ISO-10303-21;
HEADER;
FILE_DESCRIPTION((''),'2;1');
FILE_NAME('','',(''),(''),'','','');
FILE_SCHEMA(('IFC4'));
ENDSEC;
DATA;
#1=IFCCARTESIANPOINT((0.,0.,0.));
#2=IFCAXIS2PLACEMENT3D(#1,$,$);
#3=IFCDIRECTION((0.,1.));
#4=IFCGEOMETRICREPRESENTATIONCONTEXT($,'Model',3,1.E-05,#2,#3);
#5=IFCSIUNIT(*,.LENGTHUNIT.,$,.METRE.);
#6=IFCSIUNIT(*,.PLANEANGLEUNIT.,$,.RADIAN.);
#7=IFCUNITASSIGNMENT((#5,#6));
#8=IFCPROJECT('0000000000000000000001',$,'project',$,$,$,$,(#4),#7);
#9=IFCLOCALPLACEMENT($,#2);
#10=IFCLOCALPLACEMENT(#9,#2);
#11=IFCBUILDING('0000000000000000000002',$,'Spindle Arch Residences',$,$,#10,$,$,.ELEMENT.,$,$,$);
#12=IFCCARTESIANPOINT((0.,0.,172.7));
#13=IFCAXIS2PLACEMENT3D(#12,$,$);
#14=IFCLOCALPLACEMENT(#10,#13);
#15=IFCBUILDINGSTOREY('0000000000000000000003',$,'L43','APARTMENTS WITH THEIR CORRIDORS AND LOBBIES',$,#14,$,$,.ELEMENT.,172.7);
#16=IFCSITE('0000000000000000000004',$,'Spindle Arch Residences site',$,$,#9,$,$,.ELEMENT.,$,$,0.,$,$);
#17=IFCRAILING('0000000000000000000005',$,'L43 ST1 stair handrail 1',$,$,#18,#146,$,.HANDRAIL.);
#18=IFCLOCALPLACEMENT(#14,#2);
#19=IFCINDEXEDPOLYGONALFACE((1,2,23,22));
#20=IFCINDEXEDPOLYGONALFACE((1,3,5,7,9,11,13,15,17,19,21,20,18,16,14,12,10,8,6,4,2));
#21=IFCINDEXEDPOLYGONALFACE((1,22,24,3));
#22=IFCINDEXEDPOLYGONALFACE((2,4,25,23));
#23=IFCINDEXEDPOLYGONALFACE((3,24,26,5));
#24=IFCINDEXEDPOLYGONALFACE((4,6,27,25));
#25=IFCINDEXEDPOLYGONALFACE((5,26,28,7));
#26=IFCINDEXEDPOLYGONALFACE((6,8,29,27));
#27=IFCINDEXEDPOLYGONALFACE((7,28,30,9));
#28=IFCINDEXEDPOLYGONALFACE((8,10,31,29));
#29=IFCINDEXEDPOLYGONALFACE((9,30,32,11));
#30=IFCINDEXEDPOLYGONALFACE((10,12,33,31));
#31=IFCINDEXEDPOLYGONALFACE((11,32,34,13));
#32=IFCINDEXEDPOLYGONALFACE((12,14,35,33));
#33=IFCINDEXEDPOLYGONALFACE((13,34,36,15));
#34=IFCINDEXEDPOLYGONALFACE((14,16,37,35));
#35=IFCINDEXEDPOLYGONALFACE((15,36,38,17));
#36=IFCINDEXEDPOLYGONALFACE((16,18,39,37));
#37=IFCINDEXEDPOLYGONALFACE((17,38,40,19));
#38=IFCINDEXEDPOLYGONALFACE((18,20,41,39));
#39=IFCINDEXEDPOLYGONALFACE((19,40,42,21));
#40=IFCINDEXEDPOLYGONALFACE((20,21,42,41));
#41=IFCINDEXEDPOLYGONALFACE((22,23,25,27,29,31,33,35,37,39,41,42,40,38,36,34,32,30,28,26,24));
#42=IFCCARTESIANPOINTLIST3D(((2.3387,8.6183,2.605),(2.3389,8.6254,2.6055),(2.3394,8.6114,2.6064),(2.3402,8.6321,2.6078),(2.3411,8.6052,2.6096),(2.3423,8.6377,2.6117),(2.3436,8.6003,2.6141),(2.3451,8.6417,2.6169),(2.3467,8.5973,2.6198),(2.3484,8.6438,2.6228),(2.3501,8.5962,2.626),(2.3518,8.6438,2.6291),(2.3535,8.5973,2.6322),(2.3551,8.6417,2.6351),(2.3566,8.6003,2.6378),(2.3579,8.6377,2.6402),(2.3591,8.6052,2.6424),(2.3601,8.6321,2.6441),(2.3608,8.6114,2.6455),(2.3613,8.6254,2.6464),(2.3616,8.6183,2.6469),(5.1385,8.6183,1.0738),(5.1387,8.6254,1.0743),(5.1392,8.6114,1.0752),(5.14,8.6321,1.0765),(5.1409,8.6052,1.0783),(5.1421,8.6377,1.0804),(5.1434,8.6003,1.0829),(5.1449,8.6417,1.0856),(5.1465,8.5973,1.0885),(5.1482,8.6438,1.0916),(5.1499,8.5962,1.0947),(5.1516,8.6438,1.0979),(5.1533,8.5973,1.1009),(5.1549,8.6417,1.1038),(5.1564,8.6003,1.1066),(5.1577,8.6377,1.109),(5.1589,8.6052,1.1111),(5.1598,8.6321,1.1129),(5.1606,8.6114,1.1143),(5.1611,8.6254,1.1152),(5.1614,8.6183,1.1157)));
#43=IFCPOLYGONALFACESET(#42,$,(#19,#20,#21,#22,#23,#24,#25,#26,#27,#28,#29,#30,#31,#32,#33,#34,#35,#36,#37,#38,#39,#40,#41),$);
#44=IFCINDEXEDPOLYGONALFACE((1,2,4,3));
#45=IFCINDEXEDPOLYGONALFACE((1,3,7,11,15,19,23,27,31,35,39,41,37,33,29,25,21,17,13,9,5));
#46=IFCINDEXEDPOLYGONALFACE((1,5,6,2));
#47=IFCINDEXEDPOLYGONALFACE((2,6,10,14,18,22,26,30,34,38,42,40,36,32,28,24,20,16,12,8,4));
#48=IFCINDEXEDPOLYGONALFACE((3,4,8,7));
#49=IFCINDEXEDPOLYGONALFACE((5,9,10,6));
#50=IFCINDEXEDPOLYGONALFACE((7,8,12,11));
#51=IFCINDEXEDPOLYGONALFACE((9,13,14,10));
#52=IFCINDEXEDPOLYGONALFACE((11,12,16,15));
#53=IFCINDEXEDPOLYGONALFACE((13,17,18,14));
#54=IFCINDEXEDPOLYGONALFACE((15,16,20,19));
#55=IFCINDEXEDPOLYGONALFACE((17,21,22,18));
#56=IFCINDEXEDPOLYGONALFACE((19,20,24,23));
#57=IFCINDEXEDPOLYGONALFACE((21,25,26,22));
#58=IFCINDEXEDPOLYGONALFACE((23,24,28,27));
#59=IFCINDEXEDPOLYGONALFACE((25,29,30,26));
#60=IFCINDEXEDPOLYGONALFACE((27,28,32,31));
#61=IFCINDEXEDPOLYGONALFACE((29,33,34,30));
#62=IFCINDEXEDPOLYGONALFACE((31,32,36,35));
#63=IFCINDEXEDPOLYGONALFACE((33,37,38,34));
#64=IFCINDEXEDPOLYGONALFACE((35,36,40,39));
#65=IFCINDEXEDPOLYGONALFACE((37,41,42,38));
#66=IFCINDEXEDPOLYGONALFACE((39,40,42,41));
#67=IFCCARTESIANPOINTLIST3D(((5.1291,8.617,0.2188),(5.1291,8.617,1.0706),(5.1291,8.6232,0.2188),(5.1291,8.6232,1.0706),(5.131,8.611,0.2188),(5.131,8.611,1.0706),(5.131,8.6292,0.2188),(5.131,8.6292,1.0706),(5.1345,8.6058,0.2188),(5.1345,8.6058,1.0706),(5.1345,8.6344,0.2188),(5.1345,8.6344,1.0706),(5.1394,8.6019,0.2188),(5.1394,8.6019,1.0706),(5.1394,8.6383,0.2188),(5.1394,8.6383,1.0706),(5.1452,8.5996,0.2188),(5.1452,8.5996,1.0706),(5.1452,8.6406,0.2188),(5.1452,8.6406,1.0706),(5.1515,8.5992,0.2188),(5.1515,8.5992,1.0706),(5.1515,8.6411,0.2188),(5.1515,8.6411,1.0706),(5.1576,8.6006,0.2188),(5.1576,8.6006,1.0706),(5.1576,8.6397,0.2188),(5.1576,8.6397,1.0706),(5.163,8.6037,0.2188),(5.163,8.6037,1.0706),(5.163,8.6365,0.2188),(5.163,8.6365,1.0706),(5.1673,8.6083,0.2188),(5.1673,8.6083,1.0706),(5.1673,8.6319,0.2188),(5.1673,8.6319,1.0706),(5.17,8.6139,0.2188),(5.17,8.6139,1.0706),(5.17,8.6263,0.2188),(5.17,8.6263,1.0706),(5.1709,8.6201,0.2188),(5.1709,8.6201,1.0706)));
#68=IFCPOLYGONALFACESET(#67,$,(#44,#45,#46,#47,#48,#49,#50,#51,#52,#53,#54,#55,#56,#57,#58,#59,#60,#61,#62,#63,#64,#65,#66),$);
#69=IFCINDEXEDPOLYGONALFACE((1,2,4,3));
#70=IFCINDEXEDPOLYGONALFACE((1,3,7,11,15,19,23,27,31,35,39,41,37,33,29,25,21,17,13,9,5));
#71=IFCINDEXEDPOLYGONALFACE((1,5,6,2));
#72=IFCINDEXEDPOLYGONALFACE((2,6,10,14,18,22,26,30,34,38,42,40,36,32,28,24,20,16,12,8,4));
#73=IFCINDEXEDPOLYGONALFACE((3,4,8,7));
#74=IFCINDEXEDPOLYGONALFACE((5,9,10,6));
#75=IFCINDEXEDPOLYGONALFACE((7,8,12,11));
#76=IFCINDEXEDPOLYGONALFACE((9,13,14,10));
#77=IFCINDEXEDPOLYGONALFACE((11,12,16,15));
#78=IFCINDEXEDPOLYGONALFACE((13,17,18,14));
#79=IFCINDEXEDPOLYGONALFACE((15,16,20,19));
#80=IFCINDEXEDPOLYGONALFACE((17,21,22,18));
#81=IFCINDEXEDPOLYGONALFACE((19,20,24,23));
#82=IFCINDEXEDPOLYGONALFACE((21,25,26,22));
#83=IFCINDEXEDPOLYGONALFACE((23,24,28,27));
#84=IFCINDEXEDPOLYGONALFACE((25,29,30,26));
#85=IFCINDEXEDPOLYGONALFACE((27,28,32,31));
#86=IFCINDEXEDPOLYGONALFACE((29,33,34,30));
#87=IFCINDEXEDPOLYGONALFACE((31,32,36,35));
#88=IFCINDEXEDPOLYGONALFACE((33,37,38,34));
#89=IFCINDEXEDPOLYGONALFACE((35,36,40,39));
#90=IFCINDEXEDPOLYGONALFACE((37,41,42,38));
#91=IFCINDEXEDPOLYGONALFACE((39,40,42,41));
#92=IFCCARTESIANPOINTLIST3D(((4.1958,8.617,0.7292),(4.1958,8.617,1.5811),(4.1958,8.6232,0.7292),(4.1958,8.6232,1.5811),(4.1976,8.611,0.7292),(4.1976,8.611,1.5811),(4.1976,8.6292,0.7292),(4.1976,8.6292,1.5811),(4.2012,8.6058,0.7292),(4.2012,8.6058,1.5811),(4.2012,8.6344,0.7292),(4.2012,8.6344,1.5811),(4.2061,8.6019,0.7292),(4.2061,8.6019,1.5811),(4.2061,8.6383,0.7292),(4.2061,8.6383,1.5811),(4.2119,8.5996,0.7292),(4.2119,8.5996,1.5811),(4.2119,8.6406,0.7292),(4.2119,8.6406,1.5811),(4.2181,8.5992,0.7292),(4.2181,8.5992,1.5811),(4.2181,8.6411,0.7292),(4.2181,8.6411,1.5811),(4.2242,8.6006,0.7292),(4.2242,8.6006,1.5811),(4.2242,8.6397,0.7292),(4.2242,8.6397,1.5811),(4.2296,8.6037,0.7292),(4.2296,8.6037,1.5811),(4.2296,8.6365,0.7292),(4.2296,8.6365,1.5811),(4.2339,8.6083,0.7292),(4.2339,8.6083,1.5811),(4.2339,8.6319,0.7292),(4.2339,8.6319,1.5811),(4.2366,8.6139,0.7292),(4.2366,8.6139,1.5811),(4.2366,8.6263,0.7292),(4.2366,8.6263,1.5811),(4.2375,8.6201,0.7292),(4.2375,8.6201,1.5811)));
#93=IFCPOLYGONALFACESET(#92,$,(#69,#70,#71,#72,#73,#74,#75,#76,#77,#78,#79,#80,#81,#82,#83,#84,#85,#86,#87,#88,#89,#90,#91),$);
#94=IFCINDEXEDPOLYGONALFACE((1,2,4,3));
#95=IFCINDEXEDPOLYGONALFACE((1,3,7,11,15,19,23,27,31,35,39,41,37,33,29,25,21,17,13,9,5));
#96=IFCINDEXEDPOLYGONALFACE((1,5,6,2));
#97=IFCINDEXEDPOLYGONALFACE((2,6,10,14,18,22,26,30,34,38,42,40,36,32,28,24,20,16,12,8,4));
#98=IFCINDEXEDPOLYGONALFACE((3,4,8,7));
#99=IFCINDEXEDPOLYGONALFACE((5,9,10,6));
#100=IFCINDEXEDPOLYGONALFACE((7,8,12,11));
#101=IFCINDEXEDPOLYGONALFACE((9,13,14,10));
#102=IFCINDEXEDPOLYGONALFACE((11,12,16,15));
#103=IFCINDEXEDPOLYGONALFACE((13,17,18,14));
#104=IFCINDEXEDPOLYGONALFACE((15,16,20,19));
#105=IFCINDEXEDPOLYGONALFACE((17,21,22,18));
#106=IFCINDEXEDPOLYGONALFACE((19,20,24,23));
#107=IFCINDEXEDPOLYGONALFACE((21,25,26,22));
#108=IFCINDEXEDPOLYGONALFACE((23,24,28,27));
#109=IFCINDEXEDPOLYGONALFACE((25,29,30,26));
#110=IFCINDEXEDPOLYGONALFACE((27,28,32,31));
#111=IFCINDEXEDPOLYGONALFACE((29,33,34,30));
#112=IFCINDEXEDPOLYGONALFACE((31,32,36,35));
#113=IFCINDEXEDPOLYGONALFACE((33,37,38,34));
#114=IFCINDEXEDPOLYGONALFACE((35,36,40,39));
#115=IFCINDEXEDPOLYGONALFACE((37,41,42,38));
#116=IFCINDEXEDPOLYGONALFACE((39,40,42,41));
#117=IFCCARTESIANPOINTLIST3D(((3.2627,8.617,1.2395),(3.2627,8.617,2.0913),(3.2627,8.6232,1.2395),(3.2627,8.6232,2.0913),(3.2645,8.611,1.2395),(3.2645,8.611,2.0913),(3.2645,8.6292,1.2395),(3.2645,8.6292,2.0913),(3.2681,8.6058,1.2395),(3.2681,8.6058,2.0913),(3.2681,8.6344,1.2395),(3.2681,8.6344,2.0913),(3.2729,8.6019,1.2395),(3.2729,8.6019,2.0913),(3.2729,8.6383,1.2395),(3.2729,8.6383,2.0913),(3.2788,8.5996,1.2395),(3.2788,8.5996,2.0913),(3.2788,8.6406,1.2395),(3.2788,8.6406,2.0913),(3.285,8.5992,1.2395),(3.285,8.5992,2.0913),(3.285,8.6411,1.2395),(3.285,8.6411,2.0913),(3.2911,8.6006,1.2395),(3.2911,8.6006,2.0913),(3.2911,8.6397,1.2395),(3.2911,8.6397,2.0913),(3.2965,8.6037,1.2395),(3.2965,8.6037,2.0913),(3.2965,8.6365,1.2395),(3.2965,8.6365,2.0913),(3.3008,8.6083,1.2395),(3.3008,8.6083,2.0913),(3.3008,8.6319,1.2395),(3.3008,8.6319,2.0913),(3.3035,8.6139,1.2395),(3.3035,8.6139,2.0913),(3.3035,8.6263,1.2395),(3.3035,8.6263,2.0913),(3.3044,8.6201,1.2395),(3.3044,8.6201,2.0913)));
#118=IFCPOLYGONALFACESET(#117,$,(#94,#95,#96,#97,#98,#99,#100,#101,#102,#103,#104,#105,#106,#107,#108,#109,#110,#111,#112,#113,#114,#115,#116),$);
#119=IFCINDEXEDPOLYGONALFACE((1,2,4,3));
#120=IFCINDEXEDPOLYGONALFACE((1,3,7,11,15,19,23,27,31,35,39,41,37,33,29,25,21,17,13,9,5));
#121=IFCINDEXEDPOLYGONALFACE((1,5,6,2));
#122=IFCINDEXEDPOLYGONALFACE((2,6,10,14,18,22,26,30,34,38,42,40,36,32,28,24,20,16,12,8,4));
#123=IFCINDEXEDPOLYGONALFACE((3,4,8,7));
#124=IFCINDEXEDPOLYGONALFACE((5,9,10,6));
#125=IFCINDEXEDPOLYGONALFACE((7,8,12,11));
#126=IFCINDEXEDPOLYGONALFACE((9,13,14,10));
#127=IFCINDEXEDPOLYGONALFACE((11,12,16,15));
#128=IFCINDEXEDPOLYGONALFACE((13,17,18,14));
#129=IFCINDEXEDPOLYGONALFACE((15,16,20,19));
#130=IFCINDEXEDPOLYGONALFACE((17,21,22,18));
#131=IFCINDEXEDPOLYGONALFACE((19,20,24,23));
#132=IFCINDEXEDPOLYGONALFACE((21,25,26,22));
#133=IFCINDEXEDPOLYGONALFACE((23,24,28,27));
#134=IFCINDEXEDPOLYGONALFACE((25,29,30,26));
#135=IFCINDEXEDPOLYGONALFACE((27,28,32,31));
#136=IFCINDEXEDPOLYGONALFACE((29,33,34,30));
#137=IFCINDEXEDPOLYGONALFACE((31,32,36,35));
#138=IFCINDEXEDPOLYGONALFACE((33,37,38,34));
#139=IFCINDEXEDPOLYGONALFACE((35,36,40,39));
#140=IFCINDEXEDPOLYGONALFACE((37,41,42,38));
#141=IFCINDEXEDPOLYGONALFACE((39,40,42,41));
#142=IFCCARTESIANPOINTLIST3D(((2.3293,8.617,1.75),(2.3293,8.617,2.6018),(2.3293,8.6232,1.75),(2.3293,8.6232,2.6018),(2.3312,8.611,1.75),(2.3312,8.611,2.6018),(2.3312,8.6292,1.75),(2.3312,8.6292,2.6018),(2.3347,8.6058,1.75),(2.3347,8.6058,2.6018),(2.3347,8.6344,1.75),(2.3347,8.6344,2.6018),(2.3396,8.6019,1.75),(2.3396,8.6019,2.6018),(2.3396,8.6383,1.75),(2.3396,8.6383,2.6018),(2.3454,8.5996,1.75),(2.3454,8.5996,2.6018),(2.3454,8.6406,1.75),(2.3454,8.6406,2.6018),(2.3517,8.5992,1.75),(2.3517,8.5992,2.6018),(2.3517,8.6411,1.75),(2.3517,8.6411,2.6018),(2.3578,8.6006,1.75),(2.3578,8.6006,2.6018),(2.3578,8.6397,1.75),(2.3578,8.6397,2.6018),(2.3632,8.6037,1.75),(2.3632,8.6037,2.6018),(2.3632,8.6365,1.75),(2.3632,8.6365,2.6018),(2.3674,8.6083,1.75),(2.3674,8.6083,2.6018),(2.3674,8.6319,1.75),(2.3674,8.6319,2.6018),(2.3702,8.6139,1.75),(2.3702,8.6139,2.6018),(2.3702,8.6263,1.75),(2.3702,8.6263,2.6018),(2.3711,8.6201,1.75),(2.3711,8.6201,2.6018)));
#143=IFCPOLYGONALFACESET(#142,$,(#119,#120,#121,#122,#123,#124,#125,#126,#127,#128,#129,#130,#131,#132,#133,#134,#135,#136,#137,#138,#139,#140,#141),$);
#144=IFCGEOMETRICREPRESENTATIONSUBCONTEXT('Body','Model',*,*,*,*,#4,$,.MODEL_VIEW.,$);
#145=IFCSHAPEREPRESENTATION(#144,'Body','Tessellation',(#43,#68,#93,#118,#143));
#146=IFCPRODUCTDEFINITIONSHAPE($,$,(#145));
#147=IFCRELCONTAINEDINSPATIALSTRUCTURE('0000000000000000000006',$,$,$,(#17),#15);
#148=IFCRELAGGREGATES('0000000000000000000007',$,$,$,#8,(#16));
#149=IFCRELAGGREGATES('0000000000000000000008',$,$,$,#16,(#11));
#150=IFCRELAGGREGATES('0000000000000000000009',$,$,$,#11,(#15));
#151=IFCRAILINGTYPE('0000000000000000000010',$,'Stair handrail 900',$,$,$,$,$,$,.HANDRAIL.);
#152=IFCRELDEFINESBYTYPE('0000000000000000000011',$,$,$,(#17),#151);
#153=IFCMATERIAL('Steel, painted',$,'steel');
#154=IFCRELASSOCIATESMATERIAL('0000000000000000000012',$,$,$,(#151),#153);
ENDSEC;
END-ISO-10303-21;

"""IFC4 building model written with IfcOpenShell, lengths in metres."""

from ifc_helpers import new_model, si_unit, direction, frame, origin, origin_2d, place, context, subcontext, project, spatial, circle, extrude, material, type_object, element, save


model = new_model("IFC4")

# Units and contexts
model_context = context("Model", 3, precision=1e-05, world=origin(), true_north=direction((0.0, 1.0)))
body_context = subcontext(model_context, "Body", "Model", "MODEL_VIEW")
ifc_project = project(units=[si_unit("LENGTHUNIT", "METRE"), si_unit("PLANEANGLEUNIT", "RADIAN")], contexts=[model_context])

# Site, building, storey
site_placement = place(None, origin())
site = spatial("IfcSite", under=ifc_project, at=site_placement, Name="Spindle Arch Residences site", CompositionType="ELEMENT", RefElevation=0.0)
building_placement = place(site_placement, origin())
building = spatial("IfcBuilding", under=site, at=building_placement, Name="Spindle Arch Residences", CompositionType="ELEMENT")
storey_placement = place(building_placement, frame((0.0, 0.0, 172.7)))
storey = spatial("IfcBuildingStorey", under=building, at=storey_placement, Name="L43", Description="APARTMENTS WITH THEIR CORRIDORS AND LOBBIES", CompositionType="ELEMENT", Elevation=172.7)

# Railing
ifc_material_1 = material(Name="Steel, painted", Category="steel")
railing_type_1 = type_object("IfcRailingType", Name="Stair handrail 900", PredefinedType="HANDRAIL", material=ifc_material_1)
railing_1_placement = place(storey_placement, frame((5.1499, 8.6201, 0.2188)))
element("IfcRailing", 1, at=railing_1_placement, inside=storey, type_object=railing_type_1, Name="L43 ST1 stair handrail 1", PredefinedType="HANDRAIL", context=body_context, shape_type="SweptSolid", body=[
    extrude(circle(Radius=0.0239, at=origin_2d()), frame((0.0, 0.0, 0.876), z_axis=(-0.877357, 0.0, 0.479838), x_axis=(0.0, -1.0, 0.0)), (0.0, 0.0, 1.0), 3.1912),
    extrude(circle(Radius=0.021, at=origin_2d()), origin(), (0.0, 0.0, 1.0), 0.8518),
    extrude(circle(Radius=0.021, at=origin_2d()), frame((-0.9333, 0.0, 0.5105)), (0.0, 0.0, 1.0), 0.8518),
    extrude(circle(Radius=0.021, at=origin_2d()), frame((-1.8665, 0.0, 1.0208)), (0.0, 0.0, 1.0), 0.8518),
    extrude(circle(Radius=0.021, at=origin_2d()), frame((-2.7998, 0.0, 1.5312)), (0.0, 0.0, 1.0), 0.8518),
])

save(model, "model.ifc")
